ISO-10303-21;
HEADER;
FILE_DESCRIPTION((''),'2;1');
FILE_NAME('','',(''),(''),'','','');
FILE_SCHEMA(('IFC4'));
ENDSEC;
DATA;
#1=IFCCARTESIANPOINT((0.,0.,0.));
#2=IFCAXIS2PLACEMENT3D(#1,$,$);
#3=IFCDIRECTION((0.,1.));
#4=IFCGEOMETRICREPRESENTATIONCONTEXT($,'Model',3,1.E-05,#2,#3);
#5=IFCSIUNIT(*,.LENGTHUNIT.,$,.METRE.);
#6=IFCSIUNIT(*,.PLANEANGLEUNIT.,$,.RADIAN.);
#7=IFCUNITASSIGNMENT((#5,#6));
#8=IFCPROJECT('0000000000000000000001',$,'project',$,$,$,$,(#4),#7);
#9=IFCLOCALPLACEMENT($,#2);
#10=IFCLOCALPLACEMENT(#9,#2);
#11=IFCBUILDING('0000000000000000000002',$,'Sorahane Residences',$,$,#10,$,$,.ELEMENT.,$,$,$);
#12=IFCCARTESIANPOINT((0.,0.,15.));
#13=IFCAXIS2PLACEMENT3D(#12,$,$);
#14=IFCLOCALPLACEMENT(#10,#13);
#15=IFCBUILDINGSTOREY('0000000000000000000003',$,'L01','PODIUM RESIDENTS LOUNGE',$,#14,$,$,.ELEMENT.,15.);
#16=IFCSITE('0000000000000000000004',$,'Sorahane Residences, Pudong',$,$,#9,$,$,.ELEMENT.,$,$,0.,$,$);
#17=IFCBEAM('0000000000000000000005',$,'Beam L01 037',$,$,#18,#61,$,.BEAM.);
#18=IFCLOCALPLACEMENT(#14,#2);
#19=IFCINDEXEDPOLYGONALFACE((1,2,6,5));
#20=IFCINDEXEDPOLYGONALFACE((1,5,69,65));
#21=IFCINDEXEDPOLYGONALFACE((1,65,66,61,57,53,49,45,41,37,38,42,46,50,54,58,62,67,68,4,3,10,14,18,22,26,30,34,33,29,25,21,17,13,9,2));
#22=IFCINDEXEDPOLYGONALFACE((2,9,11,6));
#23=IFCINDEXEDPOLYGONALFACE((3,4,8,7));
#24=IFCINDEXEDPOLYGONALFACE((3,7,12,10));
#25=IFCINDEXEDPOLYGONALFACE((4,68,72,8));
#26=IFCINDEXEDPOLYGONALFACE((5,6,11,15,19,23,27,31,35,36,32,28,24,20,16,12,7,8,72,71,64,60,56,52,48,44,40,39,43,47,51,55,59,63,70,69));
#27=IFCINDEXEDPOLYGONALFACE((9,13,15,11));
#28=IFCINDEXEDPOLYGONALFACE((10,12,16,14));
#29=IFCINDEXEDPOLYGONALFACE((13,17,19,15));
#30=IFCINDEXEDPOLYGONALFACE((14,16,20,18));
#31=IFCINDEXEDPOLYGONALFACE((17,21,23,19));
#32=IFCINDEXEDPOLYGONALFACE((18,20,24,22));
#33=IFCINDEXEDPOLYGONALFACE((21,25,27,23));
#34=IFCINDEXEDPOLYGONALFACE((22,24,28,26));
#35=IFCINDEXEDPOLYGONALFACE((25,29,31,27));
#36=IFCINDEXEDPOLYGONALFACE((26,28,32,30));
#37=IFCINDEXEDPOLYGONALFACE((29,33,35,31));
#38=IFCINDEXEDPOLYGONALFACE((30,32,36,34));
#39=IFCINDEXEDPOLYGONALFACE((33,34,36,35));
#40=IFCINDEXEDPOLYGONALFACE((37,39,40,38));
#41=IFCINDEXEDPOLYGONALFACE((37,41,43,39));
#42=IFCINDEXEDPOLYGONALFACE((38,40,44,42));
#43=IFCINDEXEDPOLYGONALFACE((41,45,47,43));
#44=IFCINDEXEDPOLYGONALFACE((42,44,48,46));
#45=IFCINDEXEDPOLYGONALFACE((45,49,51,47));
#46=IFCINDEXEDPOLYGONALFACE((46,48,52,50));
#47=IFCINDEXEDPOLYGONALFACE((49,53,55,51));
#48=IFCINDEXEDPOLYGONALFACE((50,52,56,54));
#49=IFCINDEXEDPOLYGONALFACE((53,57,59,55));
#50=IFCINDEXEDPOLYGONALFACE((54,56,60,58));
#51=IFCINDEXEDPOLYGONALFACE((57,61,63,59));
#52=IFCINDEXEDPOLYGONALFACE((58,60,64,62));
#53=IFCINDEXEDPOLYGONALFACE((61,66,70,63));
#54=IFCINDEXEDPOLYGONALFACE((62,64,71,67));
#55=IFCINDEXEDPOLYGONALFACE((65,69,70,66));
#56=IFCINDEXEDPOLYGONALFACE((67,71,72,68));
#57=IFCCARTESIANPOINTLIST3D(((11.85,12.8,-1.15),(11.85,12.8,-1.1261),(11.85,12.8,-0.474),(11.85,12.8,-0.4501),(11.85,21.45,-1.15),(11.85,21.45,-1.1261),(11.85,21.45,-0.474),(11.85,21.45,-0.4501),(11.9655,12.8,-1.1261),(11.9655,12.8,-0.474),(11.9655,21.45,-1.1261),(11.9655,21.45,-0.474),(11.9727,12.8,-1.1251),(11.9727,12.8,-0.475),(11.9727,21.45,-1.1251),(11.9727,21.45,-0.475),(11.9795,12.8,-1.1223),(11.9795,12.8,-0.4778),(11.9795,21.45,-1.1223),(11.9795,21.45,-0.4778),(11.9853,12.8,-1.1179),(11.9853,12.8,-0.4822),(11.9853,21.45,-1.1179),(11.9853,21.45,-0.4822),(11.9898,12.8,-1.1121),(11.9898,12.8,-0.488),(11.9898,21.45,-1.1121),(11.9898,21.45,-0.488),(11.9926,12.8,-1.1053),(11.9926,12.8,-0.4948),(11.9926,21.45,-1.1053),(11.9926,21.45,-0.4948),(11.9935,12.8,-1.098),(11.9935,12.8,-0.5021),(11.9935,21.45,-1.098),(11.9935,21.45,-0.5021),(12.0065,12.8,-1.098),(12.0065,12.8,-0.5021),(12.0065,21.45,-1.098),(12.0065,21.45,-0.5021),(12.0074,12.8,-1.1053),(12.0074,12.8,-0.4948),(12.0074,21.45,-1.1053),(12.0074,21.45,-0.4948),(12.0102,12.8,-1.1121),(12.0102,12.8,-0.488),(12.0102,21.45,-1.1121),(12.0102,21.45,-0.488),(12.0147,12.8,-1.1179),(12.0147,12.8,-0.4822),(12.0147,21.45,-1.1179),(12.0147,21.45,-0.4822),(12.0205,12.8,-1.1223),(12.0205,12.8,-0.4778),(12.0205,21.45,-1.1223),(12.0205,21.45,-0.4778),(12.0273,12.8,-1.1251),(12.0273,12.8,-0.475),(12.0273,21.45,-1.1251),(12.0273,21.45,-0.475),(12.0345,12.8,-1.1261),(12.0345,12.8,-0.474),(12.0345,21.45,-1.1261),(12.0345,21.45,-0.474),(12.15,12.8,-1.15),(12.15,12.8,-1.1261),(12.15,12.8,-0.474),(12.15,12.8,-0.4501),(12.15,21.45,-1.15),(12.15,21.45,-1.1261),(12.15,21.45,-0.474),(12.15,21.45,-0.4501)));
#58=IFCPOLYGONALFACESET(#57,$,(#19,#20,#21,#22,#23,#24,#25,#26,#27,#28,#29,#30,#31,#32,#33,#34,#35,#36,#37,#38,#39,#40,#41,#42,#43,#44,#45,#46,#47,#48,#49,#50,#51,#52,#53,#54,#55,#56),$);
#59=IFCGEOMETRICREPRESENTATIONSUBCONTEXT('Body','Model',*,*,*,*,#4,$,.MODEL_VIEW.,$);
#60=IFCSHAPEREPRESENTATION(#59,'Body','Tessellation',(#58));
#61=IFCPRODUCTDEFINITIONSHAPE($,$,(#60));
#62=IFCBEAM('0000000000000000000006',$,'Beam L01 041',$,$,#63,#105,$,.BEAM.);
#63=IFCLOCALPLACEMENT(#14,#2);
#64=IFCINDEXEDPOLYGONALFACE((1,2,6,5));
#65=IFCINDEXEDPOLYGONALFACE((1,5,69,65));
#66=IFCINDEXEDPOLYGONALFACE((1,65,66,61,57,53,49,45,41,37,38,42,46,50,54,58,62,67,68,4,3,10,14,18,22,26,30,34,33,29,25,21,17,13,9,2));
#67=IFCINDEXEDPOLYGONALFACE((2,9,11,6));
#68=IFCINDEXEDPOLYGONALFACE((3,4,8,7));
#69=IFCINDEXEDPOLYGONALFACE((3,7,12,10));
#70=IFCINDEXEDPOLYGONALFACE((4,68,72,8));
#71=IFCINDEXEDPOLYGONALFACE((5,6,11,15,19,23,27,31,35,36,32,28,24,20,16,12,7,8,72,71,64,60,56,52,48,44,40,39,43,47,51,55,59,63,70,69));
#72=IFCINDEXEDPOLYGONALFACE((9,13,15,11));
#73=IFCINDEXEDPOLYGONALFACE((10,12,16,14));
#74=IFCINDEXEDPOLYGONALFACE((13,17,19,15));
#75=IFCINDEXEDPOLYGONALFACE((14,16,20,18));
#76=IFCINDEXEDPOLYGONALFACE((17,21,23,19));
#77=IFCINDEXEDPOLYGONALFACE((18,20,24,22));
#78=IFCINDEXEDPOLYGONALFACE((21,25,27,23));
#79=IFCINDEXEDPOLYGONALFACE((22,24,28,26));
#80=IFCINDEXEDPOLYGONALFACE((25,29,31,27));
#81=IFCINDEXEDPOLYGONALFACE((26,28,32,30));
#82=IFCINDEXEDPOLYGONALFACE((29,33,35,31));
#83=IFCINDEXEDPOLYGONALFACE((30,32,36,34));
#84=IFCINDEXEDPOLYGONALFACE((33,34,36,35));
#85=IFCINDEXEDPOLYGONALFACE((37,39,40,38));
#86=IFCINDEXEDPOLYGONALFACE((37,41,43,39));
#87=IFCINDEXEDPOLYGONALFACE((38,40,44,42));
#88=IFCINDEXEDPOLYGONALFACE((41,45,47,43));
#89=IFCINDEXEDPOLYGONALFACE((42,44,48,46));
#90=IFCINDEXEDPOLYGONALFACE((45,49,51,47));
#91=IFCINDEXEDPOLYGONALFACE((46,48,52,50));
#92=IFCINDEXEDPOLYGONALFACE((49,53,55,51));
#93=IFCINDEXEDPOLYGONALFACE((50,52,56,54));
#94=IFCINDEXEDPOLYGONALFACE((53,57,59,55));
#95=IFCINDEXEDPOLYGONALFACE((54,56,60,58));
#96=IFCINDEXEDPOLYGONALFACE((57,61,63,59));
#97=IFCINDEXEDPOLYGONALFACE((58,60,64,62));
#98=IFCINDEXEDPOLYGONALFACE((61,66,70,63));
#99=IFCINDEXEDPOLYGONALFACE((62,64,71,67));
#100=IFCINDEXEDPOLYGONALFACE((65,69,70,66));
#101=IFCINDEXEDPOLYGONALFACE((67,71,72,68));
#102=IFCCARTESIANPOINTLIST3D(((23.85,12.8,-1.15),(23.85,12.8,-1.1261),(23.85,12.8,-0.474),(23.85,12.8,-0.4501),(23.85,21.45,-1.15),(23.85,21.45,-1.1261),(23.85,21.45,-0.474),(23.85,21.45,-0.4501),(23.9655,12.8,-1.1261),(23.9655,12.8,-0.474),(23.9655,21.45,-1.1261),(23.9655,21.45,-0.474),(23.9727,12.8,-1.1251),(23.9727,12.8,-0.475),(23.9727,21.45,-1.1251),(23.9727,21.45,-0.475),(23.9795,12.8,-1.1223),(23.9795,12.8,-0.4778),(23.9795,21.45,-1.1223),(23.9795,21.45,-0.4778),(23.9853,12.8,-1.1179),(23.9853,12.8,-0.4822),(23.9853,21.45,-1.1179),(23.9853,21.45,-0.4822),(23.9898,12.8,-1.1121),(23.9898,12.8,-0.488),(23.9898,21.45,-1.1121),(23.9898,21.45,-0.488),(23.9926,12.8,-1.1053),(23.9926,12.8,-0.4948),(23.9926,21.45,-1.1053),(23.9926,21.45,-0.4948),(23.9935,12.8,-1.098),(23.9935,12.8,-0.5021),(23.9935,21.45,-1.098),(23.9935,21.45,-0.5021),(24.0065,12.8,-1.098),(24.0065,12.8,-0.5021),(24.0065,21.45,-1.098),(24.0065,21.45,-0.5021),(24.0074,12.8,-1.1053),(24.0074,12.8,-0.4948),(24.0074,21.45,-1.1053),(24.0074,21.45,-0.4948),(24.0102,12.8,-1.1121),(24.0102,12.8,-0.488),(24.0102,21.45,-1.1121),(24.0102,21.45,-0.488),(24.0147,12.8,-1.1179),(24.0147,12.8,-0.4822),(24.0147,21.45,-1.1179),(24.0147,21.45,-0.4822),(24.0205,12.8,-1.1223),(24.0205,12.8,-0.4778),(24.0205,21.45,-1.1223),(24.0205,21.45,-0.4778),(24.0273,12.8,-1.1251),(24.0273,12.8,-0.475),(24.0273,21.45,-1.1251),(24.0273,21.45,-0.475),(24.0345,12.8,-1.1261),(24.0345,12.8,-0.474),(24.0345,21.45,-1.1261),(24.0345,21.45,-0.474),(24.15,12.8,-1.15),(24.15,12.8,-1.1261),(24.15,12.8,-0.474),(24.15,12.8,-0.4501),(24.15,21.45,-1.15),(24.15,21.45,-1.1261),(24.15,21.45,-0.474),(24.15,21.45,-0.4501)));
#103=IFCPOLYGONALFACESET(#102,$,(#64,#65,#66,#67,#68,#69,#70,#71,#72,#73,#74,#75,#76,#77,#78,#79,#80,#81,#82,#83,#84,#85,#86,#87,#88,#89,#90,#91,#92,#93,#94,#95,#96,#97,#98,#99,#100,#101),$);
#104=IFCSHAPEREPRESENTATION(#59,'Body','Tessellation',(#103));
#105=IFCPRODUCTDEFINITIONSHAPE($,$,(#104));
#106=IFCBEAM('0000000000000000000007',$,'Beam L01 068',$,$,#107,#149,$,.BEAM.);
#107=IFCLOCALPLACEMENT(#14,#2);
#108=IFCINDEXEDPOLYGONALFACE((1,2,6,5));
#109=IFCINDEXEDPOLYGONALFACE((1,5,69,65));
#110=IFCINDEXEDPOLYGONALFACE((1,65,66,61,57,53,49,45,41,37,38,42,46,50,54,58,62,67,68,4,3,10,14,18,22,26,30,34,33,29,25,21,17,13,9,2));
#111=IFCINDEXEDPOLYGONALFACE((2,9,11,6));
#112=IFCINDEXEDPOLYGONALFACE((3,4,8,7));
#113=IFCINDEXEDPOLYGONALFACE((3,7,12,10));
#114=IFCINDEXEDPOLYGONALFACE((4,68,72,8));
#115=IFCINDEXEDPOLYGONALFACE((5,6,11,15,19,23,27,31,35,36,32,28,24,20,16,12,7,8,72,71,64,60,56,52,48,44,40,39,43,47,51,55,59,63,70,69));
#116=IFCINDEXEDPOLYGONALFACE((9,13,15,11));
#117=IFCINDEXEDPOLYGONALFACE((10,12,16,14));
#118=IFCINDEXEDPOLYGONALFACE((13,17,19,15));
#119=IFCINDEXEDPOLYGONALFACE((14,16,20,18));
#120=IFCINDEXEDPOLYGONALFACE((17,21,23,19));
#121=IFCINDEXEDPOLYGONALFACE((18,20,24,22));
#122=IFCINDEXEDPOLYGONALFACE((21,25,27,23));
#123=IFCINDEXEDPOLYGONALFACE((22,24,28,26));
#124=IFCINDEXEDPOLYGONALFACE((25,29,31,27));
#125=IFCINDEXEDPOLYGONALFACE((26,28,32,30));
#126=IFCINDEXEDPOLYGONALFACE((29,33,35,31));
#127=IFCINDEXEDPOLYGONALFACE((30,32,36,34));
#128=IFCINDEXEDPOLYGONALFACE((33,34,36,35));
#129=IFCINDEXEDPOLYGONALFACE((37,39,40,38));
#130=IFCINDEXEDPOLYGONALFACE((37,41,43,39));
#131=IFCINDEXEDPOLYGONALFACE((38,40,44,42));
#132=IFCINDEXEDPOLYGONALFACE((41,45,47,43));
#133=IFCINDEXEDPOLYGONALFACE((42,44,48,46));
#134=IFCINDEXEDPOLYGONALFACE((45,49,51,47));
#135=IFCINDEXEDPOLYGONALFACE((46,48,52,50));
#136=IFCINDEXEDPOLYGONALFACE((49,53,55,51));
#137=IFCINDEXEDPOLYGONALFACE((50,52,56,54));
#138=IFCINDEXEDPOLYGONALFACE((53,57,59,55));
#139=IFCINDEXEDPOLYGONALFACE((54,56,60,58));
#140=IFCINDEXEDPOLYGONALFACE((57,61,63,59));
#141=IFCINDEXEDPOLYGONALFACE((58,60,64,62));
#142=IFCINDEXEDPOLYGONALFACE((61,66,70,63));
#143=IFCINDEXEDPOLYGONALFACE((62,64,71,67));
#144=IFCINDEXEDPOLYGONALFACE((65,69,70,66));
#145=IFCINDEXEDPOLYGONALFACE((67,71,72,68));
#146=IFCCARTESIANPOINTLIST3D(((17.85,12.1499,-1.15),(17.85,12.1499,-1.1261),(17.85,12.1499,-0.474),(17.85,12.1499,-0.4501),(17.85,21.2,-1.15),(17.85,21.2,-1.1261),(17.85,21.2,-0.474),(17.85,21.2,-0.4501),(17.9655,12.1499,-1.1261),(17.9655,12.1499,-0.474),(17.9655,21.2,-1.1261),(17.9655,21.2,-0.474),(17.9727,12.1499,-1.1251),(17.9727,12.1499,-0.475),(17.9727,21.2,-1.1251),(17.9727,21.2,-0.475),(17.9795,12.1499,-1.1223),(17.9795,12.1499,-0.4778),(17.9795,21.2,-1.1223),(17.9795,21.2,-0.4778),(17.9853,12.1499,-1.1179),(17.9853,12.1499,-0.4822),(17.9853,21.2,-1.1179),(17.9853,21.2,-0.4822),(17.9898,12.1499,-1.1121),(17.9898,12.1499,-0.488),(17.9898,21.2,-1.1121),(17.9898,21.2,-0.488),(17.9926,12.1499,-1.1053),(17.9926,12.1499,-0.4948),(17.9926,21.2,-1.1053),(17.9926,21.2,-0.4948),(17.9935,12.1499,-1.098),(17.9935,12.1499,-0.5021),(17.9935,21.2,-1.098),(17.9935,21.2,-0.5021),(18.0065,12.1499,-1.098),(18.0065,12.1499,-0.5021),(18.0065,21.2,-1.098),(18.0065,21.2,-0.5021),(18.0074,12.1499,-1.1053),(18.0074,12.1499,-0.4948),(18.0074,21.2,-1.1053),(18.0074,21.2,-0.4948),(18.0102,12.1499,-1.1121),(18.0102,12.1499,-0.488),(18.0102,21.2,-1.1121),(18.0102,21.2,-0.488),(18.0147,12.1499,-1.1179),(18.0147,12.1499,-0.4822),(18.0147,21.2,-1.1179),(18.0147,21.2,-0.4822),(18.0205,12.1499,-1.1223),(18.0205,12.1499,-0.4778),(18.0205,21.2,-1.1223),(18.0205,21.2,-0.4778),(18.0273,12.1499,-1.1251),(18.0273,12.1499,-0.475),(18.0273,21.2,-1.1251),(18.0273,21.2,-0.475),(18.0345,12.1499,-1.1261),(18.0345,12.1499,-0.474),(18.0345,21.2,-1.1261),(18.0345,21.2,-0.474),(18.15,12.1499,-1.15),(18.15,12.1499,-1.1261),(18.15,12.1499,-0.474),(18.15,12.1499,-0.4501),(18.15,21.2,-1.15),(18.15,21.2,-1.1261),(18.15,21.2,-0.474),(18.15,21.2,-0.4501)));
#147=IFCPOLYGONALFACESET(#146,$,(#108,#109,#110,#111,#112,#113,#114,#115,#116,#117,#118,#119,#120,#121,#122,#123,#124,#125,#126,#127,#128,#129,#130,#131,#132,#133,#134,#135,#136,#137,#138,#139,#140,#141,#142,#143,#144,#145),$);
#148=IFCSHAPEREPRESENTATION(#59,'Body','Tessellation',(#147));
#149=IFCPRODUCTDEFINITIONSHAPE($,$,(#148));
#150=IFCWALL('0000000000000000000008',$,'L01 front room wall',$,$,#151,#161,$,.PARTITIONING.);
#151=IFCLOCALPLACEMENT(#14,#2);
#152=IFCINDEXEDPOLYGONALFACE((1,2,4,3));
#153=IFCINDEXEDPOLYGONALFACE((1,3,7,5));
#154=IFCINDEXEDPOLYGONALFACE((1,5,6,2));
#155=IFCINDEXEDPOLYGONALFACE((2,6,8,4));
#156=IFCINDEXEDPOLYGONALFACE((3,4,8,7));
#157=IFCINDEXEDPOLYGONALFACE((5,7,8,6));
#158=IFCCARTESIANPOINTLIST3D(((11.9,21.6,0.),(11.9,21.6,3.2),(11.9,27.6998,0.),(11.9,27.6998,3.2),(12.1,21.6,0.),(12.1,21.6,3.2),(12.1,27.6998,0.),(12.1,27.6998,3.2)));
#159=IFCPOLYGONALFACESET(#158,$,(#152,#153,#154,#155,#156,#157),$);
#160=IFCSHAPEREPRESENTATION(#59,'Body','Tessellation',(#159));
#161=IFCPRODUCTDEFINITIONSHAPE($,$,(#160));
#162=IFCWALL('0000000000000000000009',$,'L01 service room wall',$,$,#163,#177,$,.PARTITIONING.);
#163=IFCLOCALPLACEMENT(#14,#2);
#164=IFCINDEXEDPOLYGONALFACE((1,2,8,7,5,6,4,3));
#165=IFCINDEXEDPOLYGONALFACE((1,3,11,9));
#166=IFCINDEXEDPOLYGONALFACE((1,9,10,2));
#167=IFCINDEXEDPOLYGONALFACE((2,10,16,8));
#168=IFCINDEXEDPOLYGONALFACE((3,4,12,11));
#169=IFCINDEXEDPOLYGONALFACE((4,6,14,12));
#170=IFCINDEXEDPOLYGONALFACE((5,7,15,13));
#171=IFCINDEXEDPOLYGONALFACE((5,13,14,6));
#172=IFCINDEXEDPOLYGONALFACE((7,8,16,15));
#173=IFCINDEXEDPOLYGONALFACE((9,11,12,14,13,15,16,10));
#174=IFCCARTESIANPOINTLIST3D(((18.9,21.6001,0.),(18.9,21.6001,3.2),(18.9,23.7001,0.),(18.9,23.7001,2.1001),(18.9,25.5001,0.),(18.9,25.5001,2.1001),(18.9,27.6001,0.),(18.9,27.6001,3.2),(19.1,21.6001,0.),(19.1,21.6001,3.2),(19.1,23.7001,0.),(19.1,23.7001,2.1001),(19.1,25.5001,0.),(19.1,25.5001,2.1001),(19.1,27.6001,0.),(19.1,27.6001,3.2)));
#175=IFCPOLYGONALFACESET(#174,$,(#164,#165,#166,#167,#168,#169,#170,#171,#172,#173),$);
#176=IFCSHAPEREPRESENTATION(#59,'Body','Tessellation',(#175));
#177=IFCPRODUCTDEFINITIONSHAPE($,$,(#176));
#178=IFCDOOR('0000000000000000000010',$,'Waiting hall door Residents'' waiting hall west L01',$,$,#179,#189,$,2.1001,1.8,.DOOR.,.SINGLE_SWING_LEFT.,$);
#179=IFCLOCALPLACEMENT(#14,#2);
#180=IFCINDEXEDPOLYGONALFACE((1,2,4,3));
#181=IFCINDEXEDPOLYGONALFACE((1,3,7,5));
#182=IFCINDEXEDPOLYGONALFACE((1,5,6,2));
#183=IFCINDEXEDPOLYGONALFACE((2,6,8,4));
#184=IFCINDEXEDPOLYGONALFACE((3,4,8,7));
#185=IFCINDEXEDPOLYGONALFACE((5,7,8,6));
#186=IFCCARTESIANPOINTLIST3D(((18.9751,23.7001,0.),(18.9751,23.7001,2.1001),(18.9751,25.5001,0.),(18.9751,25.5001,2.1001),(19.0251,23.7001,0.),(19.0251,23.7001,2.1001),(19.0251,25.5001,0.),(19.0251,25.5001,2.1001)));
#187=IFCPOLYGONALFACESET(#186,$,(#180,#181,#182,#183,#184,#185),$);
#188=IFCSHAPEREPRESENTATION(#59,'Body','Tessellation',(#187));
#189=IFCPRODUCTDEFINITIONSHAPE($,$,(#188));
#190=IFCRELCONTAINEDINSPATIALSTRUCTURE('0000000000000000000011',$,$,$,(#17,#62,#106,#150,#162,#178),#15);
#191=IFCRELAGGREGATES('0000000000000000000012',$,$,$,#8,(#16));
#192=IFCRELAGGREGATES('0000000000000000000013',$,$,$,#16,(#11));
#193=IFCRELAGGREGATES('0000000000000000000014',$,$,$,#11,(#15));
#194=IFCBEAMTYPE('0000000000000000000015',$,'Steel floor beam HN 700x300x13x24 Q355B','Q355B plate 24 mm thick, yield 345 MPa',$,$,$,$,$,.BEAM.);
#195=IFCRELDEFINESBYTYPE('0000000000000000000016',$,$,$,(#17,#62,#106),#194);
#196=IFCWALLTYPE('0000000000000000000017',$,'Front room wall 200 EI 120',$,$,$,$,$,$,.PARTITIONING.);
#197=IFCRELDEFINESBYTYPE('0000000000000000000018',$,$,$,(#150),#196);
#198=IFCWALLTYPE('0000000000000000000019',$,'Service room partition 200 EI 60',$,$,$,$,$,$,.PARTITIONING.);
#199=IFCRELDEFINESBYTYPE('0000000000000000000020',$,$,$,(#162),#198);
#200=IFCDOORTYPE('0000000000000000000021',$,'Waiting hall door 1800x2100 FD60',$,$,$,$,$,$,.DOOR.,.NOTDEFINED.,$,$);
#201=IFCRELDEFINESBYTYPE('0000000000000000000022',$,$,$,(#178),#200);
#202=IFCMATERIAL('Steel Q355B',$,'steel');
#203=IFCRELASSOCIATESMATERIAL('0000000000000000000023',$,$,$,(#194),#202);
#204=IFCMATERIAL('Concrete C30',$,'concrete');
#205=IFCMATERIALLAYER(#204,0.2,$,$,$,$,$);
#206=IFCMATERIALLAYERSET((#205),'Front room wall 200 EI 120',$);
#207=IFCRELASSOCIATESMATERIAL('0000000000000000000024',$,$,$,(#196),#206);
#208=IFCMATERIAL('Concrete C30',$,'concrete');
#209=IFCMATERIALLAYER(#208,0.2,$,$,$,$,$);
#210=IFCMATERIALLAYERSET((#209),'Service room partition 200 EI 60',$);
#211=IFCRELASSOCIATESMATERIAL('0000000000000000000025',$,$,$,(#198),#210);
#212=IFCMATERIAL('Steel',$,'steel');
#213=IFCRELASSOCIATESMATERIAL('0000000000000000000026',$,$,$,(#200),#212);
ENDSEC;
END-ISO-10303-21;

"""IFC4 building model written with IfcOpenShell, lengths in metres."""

from ifc_helpers import new_model, si_unit, direction, frame, frame_2d, origin, origin_2d, place, context, subcontext, project, spatial, rectangle, i_section, extrude, material, layer, layer_set, material_profile, profile_set, type_object, element, fill, save


model = new_model("IFC4")

# Units and contexts
model_context = context("Model", 3, precision=1e-05, world=origin(), true_north=direction((0.0, 1.0)))
body_context = subcontext(model_context, "Body", "Model", "MODEL_VIEW")
ifc_project = project(units=[si_unit("LENGTHUNIT", "METRE"), si_unit("PLANEANGLEUNIT", "RADIAN")], contexts=[model_context])

# Site, building, storey
site_placement = place(None, origin())
site = spatial("IfcSite", under=ifc_project, at=site_placement, Name="Sorahane Residences, Pudong", CompositionType="ELEMENT", RefElevation=0.0)
building_placement = place(site_placement, origin())
building = spatial("IfcBuilding", under=site, at=building_placement, Name="Sorahane Residences", CompositionType="ELEMENT")
storey_placement = place(building_placement, frame((0.0, 0.0, 15.0)))
storey = spatial("IfcBuildingStorey", under=building, at=storey_placement, Name="L01", Description="PODIUM RESIDENTS LOUNGE", CompositionType="ELEMENT", Elevation=15.0)

# Beams
ifc_material_1 = material(Name="Steel Q355B", Category="steel")
ifc_material_profile_1 = material_profile(ifc_material_1, i_section(OverallWidth=0.3, OverallDepth=0.7, WebThickness=0.0129, FlangeThickness=0.0239, FilletRadius=0.0281, at=origin_2d()), Name="HN 700x300x13x24")
ifc_profile_set_1 = profile_set([ifc_material_profile_1], Name="Steel Q355B")
beam_type_1 = type_object("IfcBeamType", Name="Steel floor beam HN 700x300x13x24 Q355B", Description="Q355B plate 24 mm thick, yield 345 MPa", PredefinedType="BEAM", material=ifc_profile_set_1)
for number, where, z_axis, x_axis, name in (
    (1, (12.0, 12.8, -0.8), (0.0, 1.0, 0.0), (-1.0, 0.0, 0.0), "Beam L01 037"),
    (2, (24.0, 12.8, -0.8), (0.0, 1.0, 0.0), (-1.0, 0.0, 0.0), "Beam L01 041"),
):
    element("IfcBeam", number, at=place(storey_placement, frame(where, z_axis=z_axis, x_axis=x_axis)), inside=storey, type_object=beam_type_1, Name=name, PredefinedType="BEAM", context=body_context, shape_type="SweptSolid", body=[
        extrude(i_section(OverallWidth=0.3, OverallDepth=0.7, WebThickness=0.0129, FlangeThickness=0.0239, FilletRadius=0.0281, at=origin_2d()), origin(), (0.0, 0.0, 1.0), 8.6499),
    ])
beam_1_placement = place(storey_placement, frame((18.0, 12.1499, -0.8), z_axis=(0.0, 1.0, 0.0), x_axis=(-1.0, 0.0, 0.0)))
element("IfcBeam", 3, at=beam_1_placement, inside=storey, type_object=beam_type_1, Name="Beam L01 068", PredefinedType="BEAM", context=body_context, shape_type="SweptSolid", body=[
    extrude(i_section(OverallWidth=0.3, OverallDepth=0.7, WebThickness=0.0129, FlangeThickness=0.0239, FilletRadius=0.0281, at=origin_2d()), origin(), (0.0, 0.0, 1.0), 9.05),
])

# Wall
ifc_material_2 = material(Name="Concrete C30", Category="concrete")
ifc_layer_1 = layer(ifc_material_2, 0.2)
ifc_layer_set_1 = layer_set([ifc_layer_1], Name="Front room wall 200 EI 120")
wall_type_1 = type_object("IfcWallType", Name="Front room wall 200 EI 120", PredefinedType="PARTITIONING", material=ifc_layer_set_1)
wall_1_placement = place(storey_placement, frame((12.0, 21.6001, 0.0), z_axis=(0.0, 0.0, 1.0), x_axis=(0.0, 1.0, 0.0)))
element("IfcWall", 4, at=wall_1_placement, inside=storey, type_object=wall_type_1, Name="L01 front room wall", PredefinedType="PARTITIONING", context=body_context, shape_type="SweptSolid", body=[
    extrude(rectangle(XDim=6.0999, YDim=0.2, at=frame_2d((3.0498, 0.0))), origin(), (0.0, 0.0, 1.0), 3.2),
])

# Wall, opening, door
ifc_material_3 = material(Name="Concrete C30", Category="concrete")
ifc_layer_2 = layer(ifc_material_3, 0.2)
ifc_layer_set_2 = layer_set([ifc_layer_2], Name="Service room partition 200 EI 60")
wall_type_2 = type_object("IfcWallType", Name="Service room partition 200 EI 60", PredefinedType="PARTITIONING", material=ifc_layer_set_2)
wall_2_placement = place(storey_placement, frame((19.0, 21.6001, 0.0), z_axis=(0.0, 0.0, 1.0), x_axis=(0.0, 1.0, 0.0)))
wall_2 = element("IfcWall", 5, at=wall_2_placement, inside=storey, type_object=wall_type_2, Name="L01 service room wall", PredefinedType="PARTITIONING", context=body_context, shape_type="SweptSolid", body=[
    extrude(rectangle(XDim=6.0, YDim=0.2, at=frame_2d((3.0, 0.0))), origin(), (0.0, 0.0, 1.0), 3.2),
])
opening_1_placement = place(wall_2_placement, frame((2.1001, 0.0, 0.0)))
opening_1 = element("IfcOpeningElement", 6, at=opening_1_placement, cuts=wall_2, PredefinedType="OPENING", context=body_context, shape_type="SweptSolid", body=[
    extrude(rectangle(XDim=1.8, YDim=2.1001, at=frame_2d((0.8999, 1.05))), frame((0.0, 0.1099, 0.0), z_axis=(0.0, -1.0, 0.0), x_axis=(1.0, 0.0, 0.0)), (0.0, 0.0, 1.0), 0.22),
])
ifc_material_4 = material(Name="Steel", Category="steel")
door_type_1 = type_object("IfcDoorType", Name="Waiting hall door 1800x2100 FD60", OperationType="NOTDEFINED", PredefinedType="DOOR", material=ifc_material_4)
door_1_placement = place(opening_1_placement, origin())
door_1 = element("IfcDoor", 7, at=door_1_placement, inside=storey, type_object=door_type_1, Name="Waiting hall door Residents' waiting hall west L01", OperationType="SINGLE_SWING_LEFT", OverallHeight=2.1001, OverallWidth=1.8, PredefinedType="DOOR", context=body_context, shape_type="SweptSolid", body=[
    extrude(rectangle(XDim=1.8, YDim=2.1001, at=frame_2d((0.8999, 1.05))), frame((0.0, 0.0249, 0.0), z_axis=(0.0, -1.0, 0.0), x_axis=(1.0, 0.0, 0.0)), (0.0, 0.0, 1.0), 0.05),
])
fill(opening_1, door_1)

save(model, "model.ifc")
